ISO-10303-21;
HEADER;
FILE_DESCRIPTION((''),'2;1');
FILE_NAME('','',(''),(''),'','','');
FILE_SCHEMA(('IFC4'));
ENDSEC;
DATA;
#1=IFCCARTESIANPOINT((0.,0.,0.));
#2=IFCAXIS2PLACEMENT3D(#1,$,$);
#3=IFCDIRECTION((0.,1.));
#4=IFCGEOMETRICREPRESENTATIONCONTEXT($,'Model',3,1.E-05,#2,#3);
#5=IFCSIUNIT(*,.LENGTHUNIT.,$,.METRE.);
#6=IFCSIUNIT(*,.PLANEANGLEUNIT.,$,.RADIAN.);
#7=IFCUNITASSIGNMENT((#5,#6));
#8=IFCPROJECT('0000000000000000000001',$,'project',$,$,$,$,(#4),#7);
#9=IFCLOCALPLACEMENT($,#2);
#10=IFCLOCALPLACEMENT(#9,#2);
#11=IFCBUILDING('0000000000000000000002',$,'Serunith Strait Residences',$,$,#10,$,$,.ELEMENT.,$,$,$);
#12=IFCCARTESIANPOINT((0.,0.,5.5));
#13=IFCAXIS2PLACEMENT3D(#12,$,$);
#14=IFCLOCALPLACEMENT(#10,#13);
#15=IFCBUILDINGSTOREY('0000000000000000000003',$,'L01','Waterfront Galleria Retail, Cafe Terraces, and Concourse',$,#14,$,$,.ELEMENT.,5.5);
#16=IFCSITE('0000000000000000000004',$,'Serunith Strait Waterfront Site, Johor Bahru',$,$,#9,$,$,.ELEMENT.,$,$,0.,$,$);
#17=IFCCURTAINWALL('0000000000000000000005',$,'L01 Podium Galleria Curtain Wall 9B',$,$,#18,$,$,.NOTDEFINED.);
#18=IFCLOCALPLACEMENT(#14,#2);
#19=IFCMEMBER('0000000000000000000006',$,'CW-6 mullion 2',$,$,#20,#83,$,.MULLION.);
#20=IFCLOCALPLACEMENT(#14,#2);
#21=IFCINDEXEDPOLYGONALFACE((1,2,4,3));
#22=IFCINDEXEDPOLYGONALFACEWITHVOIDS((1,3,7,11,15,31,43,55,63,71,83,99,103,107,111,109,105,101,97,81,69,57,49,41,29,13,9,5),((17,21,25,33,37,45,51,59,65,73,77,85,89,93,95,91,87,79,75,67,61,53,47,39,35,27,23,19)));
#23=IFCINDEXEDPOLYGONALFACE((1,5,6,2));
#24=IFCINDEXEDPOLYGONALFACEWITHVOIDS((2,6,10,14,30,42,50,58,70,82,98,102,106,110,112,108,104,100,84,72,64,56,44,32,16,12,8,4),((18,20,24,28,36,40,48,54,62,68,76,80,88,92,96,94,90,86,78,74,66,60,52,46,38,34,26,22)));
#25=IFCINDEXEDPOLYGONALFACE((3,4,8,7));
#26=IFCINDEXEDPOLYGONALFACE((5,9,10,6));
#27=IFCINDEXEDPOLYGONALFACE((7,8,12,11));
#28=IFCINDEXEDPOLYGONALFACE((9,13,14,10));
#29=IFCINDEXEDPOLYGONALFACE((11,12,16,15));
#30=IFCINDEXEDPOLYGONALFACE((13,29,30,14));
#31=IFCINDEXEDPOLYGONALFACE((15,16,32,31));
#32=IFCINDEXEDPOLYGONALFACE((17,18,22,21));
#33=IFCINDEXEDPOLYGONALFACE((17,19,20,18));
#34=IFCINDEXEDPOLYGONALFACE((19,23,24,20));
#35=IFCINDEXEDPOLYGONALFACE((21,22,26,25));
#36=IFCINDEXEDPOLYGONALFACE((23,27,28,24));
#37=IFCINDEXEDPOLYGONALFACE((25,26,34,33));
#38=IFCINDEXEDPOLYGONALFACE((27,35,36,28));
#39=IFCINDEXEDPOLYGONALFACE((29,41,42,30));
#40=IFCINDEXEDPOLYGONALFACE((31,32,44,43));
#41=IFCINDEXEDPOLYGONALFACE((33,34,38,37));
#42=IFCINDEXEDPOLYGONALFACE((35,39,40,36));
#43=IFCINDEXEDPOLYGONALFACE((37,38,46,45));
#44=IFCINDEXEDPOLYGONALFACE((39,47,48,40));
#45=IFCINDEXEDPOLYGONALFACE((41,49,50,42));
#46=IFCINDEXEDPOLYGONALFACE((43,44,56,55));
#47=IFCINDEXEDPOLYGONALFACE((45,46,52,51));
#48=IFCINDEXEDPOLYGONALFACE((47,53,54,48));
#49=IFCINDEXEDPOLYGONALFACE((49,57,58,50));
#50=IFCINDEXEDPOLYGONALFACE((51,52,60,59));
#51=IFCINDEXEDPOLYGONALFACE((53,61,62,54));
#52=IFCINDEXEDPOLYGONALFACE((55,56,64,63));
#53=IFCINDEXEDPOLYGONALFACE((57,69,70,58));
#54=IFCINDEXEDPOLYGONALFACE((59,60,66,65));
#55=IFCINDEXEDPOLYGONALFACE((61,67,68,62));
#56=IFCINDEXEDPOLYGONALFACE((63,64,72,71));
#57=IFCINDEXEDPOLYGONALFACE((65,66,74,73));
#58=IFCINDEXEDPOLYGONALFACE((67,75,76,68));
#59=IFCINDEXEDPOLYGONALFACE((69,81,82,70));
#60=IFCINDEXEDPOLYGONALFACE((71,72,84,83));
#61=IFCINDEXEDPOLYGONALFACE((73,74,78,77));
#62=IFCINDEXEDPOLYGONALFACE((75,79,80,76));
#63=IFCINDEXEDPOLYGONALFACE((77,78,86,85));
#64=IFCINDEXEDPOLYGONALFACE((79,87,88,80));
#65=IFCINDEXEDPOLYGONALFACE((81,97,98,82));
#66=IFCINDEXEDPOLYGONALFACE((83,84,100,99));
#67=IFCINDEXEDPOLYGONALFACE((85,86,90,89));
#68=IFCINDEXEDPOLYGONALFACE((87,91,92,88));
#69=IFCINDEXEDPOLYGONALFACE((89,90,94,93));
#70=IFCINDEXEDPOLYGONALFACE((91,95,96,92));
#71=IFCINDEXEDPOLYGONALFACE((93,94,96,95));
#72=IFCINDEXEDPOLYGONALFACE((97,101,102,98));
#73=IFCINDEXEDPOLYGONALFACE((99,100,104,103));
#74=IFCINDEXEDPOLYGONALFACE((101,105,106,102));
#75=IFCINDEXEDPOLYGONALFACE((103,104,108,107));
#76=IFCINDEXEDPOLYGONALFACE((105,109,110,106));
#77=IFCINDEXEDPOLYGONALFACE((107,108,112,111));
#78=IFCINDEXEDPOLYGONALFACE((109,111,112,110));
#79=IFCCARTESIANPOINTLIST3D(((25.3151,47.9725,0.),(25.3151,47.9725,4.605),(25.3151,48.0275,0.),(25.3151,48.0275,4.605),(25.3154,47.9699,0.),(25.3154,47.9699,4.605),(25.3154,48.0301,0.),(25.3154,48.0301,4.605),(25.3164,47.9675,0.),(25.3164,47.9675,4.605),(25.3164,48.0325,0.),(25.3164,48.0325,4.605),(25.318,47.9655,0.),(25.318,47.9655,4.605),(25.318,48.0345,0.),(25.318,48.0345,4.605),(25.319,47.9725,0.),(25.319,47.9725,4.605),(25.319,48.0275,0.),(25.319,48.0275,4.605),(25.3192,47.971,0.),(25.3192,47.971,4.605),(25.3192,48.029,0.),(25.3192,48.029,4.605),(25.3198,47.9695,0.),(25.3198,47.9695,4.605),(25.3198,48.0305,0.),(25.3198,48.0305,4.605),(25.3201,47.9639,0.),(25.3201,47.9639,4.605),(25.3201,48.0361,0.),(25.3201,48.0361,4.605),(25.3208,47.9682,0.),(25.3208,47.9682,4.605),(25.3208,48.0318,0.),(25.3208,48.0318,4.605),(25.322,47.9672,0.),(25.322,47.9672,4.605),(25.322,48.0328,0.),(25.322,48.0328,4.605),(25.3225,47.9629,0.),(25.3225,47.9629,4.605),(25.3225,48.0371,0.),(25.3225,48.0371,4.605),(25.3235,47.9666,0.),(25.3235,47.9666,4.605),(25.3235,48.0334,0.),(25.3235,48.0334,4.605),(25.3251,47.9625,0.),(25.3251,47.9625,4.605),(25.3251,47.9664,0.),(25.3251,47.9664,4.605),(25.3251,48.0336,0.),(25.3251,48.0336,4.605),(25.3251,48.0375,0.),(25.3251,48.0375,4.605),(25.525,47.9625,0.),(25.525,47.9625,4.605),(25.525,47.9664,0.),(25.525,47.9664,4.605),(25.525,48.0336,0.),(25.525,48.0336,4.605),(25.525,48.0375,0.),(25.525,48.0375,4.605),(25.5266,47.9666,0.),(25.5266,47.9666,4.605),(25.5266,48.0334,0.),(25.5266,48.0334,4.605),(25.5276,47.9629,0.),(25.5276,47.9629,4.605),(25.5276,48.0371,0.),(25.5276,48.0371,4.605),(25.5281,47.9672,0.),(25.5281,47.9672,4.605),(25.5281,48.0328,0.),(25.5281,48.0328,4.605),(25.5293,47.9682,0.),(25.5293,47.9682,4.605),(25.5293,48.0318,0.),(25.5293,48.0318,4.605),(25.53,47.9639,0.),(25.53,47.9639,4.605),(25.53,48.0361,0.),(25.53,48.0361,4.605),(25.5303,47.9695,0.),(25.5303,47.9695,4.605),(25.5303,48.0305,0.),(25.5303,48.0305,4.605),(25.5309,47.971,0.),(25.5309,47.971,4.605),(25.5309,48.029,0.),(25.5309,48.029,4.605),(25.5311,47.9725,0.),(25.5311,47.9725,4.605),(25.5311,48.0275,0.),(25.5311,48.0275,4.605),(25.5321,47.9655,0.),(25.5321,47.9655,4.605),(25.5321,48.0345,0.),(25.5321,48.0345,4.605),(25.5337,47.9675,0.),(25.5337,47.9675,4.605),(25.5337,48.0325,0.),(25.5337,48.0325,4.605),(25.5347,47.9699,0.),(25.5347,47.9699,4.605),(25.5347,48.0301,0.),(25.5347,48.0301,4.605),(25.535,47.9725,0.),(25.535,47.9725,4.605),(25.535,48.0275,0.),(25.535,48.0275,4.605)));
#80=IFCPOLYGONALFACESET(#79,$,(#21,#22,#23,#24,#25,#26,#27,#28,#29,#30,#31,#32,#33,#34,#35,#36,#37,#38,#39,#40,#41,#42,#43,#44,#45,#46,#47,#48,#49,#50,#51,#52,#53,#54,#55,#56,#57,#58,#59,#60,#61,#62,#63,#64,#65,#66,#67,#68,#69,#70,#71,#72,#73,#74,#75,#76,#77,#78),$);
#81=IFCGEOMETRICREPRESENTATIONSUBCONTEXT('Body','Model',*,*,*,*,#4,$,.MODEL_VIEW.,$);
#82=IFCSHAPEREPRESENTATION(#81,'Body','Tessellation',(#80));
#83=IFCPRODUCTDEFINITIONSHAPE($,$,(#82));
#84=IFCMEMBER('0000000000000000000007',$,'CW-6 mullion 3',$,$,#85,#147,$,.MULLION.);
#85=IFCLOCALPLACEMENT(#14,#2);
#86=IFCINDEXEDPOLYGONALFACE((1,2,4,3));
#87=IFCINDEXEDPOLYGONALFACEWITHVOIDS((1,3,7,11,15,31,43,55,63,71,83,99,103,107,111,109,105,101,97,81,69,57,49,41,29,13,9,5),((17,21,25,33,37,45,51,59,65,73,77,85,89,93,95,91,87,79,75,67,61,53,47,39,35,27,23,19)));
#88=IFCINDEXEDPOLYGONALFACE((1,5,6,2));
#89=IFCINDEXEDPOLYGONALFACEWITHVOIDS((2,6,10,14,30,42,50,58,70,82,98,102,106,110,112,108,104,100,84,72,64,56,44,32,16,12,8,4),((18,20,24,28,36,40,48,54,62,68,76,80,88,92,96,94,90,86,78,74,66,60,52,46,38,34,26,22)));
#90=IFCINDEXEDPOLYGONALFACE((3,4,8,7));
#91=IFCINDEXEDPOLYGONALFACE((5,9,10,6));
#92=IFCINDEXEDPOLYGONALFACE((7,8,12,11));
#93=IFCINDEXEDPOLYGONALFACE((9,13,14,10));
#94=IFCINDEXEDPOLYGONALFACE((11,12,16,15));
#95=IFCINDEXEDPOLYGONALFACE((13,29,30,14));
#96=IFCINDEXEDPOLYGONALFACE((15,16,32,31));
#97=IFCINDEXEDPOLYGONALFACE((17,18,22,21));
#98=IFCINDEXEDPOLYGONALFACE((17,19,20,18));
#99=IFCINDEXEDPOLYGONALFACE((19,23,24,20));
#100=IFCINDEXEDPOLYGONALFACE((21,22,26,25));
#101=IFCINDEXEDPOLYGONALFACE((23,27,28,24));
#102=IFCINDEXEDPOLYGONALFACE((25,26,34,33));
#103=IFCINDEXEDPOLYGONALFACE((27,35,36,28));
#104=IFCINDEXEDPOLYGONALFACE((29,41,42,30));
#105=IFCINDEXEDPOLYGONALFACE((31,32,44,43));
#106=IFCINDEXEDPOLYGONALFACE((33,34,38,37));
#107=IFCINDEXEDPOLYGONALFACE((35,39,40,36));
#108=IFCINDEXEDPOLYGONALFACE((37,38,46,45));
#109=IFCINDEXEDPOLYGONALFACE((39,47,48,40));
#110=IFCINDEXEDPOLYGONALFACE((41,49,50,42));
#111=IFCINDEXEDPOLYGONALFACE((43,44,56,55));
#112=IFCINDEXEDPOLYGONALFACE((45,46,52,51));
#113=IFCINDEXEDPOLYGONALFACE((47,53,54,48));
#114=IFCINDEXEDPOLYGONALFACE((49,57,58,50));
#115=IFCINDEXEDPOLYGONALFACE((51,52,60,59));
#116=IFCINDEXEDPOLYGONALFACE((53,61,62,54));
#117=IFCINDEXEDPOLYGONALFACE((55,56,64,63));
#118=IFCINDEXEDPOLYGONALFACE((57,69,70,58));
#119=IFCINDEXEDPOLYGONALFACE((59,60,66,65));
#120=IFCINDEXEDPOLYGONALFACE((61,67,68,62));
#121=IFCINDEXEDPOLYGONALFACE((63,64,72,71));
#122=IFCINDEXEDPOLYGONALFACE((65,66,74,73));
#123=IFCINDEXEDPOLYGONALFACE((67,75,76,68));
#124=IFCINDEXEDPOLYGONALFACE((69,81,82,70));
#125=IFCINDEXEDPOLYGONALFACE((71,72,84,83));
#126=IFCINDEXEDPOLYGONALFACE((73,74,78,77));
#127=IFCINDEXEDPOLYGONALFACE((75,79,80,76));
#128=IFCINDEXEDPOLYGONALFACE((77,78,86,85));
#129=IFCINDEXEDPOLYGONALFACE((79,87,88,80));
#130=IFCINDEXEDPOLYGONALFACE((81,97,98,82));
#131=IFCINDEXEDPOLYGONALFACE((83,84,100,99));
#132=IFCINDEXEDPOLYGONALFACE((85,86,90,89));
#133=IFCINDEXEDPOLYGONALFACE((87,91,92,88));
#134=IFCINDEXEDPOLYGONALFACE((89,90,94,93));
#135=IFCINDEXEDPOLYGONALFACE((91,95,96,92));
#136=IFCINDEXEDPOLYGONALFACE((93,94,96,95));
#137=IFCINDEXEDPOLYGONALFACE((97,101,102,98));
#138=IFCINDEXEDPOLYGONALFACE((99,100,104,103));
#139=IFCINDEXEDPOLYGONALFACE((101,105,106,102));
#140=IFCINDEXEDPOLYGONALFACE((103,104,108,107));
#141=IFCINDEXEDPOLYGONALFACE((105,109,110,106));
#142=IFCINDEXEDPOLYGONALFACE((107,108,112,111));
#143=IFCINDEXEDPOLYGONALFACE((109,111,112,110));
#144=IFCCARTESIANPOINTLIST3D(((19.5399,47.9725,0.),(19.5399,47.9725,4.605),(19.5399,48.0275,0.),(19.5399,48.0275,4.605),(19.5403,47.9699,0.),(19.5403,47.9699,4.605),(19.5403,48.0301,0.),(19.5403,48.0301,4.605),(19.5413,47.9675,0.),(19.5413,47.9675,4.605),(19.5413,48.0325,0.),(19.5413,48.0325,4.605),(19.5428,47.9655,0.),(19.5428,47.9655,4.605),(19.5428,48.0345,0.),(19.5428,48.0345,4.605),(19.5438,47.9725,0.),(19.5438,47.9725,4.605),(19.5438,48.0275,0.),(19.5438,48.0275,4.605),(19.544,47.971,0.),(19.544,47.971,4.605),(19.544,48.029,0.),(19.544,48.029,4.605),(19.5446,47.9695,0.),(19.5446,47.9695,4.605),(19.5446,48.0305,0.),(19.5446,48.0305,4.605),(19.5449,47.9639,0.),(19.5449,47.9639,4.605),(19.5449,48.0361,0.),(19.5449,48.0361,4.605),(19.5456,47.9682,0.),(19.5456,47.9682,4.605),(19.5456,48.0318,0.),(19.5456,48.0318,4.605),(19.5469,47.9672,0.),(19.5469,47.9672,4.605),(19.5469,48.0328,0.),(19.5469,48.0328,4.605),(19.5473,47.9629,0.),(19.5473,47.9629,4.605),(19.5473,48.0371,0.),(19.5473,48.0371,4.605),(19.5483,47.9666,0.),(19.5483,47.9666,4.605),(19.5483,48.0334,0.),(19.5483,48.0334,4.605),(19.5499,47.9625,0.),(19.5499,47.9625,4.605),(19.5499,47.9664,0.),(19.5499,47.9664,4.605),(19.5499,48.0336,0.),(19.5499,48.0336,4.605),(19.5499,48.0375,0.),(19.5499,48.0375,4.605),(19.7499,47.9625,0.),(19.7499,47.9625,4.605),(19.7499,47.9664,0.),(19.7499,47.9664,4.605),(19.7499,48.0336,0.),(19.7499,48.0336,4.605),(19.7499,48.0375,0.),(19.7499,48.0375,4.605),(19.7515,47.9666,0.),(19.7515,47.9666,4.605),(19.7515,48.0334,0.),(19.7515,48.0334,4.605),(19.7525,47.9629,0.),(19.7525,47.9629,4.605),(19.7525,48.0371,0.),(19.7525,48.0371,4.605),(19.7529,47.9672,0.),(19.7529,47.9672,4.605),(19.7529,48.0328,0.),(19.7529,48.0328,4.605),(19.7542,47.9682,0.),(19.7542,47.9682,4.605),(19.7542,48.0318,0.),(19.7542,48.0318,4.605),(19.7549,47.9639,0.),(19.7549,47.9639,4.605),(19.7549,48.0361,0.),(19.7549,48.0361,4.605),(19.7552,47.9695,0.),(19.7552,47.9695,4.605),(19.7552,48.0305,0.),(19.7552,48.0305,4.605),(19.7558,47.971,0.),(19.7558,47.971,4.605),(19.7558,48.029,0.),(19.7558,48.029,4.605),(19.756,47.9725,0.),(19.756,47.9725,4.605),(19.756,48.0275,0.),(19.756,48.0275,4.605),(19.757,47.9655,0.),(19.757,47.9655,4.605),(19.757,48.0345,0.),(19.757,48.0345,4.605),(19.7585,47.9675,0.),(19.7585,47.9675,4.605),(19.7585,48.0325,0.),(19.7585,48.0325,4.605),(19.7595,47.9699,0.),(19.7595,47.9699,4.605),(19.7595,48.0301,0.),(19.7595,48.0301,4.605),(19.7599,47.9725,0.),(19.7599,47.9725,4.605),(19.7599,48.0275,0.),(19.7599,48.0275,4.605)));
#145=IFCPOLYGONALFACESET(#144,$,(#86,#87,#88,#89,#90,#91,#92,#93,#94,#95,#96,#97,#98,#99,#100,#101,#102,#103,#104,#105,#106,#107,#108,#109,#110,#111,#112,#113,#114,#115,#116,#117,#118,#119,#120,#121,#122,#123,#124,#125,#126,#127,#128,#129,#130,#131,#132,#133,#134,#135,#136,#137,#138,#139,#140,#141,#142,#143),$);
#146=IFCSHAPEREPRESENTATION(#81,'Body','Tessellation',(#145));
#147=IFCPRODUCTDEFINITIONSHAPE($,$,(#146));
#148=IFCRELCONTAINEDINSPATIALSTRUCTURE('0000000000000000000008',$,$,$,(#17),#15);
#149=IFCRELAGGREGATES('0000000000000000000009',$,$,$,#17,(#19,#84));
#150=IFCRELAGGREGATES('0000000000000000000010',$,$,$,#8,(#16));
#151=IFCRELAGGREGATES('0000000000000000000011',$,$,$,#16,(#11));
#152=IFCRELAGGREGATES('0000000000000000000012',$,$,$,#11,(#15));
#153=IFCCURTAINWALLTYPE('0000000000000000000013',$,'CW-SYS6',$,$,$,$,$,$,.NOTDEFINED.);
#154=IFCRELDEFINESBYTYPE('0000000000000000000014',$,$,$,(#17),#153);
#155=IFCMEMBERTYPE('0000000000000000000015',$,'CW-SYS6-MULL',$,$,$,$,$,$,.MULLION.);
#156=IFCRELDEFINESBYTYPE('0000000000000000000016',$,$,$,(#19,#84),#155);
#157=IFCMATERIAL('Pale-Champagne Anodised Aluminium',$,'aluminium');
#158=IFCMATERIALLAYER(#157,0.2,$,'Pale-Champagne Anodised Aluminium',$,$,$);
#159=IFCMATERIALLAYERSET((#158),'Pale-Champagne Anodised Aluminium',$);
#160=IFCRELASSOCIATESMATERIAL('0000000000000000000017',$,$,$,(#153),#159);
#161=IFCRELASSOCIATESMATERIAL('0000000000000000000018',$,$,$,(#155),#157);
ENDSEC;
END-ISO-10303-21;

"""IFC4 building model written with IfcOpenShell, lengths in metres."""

from ifc_helpers import new_model, si_unit, direction, frame, origin, origin_2d, place, context, subcontext, project, spatial, hollow_rectangle, extrude, source, transform, mapped, material, layer, layer_set, material_profile, profile_set, type_object, element, aggregate, save


model = new_model("IFC4")

# Units and contexts
model_context = context("Model", 3, precision=1e-05, world=origin(), true_north=direction((0.0, 1.0)))
body_context = subcontext(model_context, "Body", "Model", "MODEL_VIEW")
ifc_project = project(units=[si_unit("LENGTHUNIT", "METRE"), si_unit("PLANEANGLEUNIT", "RADIAN")], contexts=[model_context])

# Site, building, storey
site_placement = place(None, origin())
site = spatial("IfcSite", under=ifc_project, at=site_placement, Name="Serunith Strait Waterfront Site, Johor Bahru", CompositionType="ELEMENT", RefElevation=0.0)
building_placement = place(site_placement, origin())
building = spatial("IfcBuilding", under=site, at=building_placement, Name="Serunith Strait Residences", CompositionType="ELEMENT")
storey_placement = place(building_placement, frame((0.0, 0.0, 5.5)))
storey = spatial("IfcBuildingStorey", under=building, at=storey_placement, Name="L01", Description="Waterfront Galleria Retail, Cafe Terraces, and Concourse", CompositionType="ELEMENT", Elevation=5.5)

# Curtain wall, members
ifc_material_1 = material(Name="Pale-Champagne Anodised Aluminium", Category="aluminium")
ifc_layer_1 = layer(ifc_material_1, 0.2, Name="Pale-Champagne Anodised Aluminium")
ifc_layer_set_1 = layer_set([ifc_layer_1], Name="Pale-Champagne Anodised Aluminium")
curtain_wall_type = type_object("IfcCurtainWallType", Name="CW-SYS6", PredefinedType="NOTDEFINED", material=ifc_layer_set_1)
curtain_wall_placement = place(storey_placement, origin())
curtain_wall = element("IfcCurtainWall", 1, at=curtain_wall_placement, inside=storey, type_object=curtain_wall_type, Name="L01 Podium Galleria Curtain Wall 9B", PredefinedType="NOTDEFINED")
ifc_material_profile_1 = material_profile(ifc_material_1, hollow_rectangle(XDim=0.075, YDim=0.22, WallThickness=0.0039, InnerFilletRadius=0.0061, OuterFilletRadius=0.01, at=origin_2d()), Name="ALU 220x75x4")
ifc_profile_set_1 = profile_set([ifc_material_profile_1], Name="Pale-Champagne Anodised Aluminium")
member_type_1 = type_object("IfcMemberType", Name="CW-SYS6-MULL", PredefinedType="MULLION", material=ifc_profile_set_1)
shared_shape_1 = source(origin(), body_context, "Body", "SweptSolid", [
    extrude(hollow_rectangle(XDim=0.075, YDim=0.22, WallThickness=0.0039, InnerFilletRadius=0.0061, OuterFilletRadius=0.01, at=origin_2d()), origin(), (0.0, 0.0, 1.0), 4.605),
])
member_1_placement = place(storey_placement, frame((25.425, 48.0, 0.0), z_axis=(0.0, 0.0, 1.0), x_axis=(0.0, -1.0, 0.0)))
member_1 = element("IfcMember", 2, at=member_1_placement, type_object=member_type_1, Name="CW-6 mullion 2", PredefinedType="MULLION", context=body_context, shape_type="MappedRepresentation", body=[
    mapped(shared_shape_1, transform((0.0, 0.0, 0.0), scale=1.0)),
])
member_2_placement = place(storey_placement, frame((19.6499, 48.0, 0.0), z_axis=(0.0, 0.0, 1.0), x_axis=(0.0, -1.0, 0.0)))
member_2 = element("IfcMember", 3, at=member_2_placement, type_object=member_type_1, Name="CW-6 mullion 3", PredefinedType="MULLION", context=body_context, shape_type="MappedRepresentation", body=[
    mapped(shared_shape_1, transform((0.0, 0.0, 0.0), scale=1.0)),
])
aggregate(curtain_wall, [member_1, member_2])

save(model, "model.ifc")
